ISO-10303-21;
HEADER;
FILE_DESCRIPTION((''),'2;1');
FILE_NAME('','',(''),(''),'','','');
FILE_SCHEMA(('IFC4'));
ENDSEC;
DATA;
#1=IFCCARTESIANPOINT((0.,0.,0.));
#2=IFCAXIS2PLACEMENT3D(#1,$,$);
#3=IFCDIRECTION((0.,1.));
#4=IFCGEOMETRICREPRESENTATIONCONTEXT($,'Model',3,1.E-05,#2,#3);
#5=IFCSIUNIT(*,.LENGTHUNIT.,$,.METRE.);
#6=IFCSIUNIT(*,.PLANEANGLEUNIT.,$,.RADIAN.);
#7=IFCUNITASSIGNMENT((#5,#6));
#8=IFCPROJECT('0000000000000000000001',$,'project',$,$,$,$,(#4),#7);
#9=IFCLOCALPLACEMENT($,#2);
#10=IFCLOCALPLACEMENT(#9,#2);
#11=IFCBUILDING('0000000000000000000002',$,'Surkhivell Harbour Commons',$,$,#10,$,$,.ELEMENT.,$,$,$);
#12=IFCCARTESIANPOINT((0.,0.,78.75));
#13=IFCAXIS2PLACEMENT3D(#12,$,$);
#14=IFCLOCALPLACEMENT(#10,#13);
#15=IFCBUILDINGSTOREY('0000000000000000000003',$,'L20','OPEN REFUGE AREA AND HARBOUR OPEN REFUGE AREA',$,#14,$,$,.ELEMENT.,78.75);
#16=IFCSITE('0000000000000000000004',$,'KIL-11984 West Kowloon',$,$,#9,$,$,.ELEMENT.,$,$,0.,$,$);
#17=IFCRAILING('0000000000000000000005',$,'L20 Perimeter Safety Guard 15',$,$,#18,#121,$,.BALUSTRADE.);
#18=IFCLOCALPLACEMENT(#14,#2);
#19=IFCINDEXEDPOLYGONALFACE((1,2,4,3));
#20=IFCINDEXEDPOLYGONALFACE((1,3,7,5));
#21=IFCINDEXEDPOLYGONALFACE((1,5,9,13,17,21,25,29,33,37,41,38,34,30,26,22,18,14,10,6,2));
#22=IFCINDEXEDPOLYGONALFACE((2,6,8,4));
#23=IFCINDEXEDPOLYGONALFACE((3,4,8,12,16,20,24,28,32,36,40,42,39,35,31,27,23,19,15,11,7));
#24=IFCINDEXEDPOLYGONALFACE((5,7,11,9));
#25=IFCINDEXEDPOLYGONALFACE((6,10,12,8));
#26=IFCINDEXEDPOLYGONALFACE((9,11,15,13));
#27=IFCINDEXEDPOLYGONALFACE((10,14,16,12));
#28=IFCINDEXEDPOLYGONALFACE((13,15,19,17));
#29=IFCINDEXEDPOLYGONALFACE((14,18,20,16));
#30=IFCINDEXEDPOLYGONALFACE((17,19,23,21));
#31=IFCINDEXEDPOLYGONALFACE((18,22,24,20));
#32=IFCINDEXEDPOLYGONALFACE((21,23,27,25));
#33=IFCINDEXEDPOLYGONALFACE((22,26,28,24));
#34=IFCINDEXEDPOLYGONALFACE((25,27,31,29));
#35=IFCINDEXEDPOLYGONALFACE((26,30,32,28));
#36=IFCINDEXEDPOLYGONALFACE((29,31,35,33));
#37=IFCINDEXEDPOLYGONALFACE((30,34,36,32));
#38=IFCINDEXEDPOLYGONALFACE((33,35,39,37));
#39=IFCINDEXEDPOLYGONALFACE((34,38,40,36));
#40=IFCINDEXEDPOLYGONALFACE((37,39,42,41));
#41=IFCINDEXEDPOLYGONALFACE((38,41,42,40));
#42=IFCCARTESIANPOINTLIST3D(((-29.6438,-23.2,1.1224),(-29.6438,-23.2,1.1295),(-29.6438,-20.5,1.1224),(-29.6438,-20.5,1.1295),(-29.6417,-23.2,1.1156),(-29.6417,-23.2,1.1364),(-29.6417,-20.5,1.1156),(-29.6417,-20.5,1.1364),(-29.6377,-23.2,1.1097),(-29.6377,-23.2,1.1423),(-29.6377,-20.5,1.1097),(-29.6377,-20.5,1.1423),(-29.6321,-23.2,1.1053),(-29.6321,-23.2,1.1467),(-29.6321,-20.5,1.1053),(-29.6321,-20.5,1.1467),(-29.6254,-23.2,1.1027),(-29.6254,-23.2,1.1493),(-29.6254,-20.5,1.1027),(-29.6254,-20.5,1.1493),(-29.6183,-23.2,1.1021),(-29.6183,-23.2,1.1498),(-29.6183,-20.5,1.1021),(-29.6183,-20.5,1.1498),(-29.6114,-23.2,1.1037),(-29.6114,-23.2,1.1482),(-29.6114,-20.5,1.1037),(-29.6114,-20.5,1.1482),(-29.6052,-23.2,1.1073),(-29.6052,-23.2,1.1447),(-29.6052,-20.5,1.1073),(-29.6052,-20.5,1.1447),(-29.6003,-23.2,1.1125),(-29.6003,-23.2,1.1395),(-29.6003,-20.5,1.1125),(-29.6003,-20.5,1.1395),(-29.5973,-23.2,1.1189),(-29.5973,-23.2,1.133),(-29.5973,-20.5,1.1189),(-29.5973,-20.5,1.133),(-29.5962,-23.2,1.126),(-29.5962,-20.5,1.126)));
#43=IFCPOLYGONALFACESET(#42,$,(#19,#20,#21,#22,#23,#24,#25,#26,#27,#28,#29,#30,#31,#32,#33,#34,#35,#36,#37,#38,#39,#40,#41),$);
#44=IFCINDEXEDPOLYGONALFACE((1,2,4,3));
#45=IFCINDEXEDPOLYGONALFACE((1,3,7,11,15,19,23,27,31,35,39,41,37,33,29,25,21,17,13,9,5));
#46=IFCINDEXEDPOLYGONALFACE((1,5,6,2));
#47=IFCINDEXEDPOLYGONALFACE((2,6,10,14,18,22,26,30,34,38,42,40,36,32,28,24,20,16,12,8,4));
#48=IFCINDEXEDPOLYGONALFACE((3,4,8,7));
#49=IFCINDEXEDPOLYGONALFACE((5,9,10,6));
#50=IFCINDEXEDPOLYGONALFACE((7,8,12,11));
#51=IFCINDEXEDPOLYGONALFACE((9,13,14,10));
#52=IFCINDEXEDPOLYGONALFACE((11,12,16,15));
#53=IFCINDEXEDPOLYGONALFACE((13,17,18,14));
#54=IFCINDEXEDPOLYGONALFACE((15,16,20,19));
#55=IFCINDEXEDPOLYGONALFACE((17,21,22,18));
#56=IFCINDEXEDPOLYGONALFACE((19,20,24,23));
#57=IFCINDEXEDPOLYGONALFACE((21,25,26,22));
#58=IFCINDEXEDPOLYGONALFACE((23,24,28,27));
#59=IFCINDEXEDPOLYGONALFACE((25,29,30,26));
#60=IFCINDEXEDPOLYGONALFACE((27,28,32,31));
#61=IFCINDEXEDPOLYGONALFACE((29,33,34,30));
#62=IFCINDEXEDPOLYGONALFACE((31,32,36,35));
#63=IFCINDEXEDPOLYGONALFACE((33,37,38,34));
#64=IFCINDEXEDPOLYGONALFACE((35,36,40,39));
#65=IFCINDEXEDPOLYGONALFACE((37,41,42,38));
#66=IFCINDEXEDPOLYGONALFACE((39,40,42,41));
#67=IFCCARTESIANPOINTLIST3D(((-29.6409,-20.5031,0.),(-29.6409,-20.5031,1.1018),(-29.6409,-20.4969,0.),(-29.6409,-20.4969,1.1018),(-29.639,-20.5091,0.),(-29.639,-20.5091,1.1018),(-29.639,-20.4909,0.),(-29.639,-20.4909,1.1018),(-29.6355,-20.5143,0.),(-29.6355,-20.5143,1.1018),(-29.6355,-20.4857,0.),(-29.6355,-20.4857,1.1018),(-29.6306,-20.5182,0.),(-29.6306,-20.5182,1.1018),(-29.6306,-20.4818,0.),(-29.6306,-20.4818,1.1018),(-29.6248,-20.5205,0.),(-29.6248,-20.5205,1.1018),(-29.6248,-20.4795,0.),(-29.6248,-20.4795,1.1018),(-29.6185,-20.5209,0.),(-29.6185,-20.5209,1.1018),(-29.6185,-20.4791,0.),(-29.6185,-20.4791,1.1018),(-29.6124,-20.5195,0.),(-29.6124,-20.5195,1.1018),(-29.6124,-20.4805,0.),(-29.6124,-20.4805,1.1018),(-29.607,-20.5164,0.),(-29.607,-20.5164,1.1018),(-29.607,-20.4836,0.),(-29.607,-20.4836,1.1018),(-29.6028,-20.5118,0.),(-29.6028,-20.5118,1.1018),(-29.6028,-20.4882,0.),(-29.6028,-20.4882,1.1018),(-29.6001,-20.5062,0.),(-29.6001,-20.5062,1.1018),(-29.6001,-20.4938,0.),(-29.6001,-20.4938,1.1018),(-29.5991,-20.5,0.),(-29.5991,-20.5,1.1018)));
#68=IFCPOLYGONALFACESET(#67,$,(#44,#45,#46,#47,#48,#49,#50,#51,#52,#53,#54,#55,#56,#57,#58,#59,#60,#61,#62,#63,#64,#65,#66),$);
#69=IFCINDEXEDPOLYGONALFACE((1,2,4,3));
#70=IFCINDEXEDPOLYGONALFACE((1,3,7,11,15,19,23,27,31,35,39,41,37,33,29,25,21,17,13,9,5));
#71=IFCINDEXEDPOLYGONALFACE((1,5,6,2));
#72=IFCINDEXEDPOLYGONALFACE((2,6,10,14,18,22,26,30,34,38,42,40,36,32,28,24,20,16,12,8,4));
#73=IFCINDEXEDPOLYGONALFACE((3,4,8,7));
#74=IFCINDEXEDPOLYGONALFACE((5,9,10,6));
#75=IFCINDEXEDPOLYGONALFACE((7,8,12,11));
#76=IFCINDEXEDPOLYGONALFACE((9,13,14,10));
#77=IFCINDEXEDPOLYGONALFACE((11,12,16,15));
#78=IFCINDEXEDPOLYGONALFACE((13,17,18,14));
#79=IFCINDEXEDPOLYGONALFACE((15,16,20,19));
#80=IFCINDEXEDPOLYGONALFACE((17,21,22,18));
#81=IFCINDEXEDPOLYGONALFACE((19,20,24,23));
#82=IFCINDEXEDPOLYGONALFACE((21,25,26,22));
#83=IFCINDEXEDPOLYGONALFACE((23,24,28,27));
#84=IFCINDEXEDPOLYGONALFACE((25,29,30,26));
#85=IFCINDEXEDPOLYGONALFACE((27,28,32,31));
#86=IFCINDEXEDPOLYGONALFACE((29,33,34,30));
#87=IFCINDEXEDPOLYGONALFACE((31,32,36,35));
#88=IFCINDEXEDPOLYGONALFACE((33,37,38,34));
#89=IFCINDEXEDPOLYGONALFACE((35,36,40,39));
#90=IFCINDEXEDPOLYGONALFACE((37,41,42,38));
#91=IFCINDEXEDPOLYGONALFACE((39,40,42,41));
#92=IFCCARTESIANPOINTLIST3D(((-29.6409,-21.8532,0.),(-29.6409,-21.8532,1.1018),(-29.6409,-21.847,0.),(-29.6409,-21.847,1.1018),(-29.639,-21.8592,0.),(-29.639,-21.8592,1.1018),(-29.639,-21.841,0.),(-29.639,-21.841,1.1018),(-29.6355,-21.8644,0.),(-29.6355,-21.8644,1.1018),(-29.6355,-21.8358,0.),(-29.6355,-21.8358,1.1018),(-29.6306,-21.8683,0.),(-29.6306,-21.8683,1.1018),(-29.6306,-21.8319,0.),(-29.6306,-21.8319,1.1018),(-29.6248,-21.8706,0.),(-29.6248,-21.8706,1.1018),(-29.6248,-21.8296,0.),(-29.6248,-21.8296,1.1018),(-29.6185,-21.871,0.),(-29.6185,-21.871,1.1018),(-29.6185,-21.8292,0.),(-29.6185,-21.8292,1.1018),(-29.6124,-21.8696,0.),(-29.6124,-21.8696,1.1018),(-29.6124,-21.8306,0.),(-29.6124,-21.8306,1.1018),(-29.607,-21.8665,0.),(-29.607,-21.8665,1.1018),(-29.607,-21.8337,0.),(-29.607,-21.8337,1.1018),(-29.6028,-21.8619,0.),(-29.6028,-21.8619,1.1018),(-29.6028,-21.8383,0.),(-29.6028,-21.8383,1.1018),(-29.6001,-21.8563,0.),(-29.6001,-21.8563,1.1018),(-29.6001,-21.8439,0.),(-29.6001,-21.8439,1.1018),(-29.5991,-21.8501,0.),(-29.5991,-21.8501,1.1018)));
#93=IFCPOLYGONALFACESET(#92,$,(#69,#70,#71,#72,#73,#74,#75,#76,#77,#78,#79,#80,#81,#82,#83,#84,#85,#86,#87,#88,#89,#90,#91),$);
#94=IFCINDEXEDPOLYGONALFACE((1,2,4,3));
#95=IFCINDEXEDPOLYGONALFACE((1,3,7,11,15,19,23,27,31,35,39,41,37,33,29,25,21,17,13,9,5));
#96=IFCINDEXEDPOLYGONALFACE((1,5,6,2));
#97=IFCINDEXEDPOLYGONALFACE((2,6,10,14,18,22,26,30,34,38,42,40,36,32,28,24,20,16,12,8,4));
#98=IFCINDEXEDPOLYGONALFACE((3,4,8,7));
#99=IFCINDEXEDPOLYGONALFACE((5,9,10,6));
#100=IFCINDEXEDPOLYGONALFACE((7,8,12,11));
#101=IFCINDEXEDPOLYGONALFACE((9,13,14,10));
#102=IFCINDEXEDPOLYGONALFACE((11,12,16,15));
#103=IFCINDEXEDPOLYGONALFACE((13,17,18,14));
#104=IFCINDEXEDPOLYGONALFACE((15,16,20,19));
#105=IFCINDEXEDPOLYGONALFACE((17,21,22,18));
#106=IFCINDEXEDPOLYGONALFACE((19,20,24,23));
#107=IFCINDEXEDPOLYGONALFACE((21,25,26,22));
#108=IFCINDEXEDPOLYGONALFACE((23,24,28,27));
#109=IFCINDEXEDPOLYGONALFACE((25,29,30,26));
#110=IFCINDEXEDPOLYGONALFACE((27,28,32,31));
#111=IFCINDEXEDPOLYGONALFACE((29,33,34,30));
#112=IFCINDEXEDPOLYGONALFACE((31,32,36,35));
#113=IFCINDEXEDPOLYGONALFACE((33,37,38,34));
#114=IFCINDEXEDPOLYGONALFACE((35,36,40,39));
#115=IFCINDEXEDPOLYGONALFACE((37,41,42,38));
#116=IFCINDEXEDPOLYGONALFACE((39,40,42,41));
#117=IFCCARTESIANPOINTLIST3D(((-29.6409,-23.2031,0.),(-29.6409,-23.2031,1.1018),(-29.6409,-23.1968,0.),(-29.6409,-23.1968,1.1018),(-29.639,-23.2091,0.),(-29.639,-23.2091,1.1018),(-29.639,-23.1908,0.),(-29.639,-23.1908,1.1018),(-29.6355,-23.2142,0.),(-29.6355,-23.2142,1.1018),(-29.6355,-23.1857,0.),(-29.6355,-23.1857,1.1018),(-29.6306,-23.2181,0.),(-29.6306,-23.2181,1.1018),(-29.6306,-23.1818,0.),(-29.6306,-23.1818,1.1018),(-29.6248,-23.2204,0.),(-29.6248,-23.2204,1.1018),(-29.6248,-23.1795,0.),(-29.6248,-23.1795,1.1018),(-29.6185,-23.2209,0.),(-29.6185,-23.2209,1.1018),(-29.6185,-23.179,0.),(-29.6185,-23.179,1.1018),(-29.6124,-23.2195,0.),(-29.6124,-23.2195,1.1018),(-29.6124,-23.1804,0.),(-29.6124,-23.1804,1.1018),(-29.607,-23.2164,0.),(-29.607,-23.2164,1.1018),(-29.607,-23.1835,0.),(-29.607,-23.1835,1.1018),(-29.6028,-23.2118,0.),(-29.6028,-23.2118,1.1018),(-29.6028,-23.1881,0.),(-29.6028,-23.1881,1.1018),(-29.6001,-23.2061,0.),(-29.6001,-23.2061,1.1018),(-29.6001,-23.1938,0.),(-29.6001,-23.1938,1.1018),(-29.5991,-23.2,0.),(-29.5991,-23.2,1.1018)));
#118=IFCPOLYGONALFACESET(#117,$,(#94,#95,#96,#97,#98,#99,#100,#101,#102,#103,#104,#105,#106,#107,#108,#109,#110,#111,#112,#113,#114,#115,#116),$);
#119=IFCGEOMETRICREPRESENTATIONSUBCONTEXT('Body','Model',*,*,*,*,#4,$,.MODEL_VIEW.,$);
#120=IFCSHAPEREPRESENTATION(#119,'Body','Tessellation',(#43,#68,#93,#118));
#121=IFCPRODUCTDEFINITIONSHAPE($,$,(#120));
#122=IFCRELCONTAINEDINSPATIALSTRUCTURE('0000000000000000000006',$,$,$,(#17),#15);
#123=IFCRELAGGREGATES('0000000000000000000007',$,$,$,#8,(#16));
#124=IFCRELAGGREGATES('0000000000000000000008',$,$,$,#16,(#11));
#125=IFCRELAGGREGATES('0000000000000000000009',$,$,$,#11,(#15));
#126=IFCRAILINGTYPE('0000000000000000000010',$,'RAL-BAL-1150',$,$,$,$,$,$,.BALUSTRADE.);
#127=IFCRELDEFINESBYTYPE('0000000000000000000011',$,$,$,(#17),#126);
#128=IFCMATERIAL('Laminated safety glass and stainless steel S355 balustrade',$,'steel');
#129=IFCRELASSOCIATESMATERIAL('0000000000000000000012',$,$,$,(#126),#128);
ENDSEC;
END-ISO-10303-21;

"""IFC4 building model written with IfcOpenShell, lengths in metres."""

from ifc_helpers import new_model, si_unit, direction, frame, origin, origin_2d, place, context, subcontext, project, spatial, circle, extrude, material, type_object, element, save


model = new_model("IFC4")

# Units and contexts
model_context = context("Model", 3, precision=1e-05, world=origin(), true_north=direction((0.0, 1.0)))
body_context = subcontext(model_context, "Body", "Model", "MODEL_VIEW")
ifc_project = project(units=[si_unit("LENGTHUNIT", "METRE"), si_unit("PLANEANGLEUNIT", "RADIAN")], contexts=[model_context])

# Site, building, storey
site_placement = place(None, origin())
site = spatial("IfcSite", under=ifc_project, at=site_placement, Name="KIL-11984 West Kowloon", CompositionType="ELEMENT", RefElevation=0.0)
building_placement = place(site_placement, origin())
building = spatial("IfcBuilding", under=site, at=building_placement, Name="Surkhivell Harbour Commons", CompositionType="ELEMENT")
storey_placement = place(building_placement, frame((0.0, 0.0, 78.75)))
storey = spatial("IfcBuildingStorey", under=building, at=storey_placement, Name="L20", Description="OPEN REFUGE AREA AND HARBOUR OPEN REFUGE AREA", CompositionType="ELEMENT", Elevation=78.75)

# Railing
ifc_material_1 = material(Name="Laminated safety glass and stainless steel S355 balustrade", Category="steel")
railing_type = type_object("IfcRailingType", Name="RAL-BAL-1150", PredefinedType="BALUSTRADE", material=ifc_material_1)
railing_1_placement = place(storey_placement, frame((-29.6201, -20.5, 0.0)))
element("IfcRailing", 1, at=railing_1_placement, inside=storey, type_object=railing_type, Name="L20 Perimeter Safety Guard 15", PredefinedType="BALUSTRADE", context=body_context, shape_type="SweptSolid", body=[
    extrude(circle(Radius=0.0239, at=origin_2d()), frame((0.0, 0.0, 1.126), z_axis=(0.0, -1.0, 0.0), x_axis=(1.0, 0.0, 0.0)), (0.0, 0.0, 1.0), 2.7),
    extrude(circle(Radius=0.021, at=origin_2d()), origin(), (0.0, 0.0, 1.0), 1.1018),
    extrude(circle(Radius=0.021, at=origin_2d()), frame((0.0, -1.3501, 0.0)), (0.0, 0.0, 1.0), 1.1018),
    extrude(circle(Radius=0.021, at=origin_2d()), frame((0.0, -2.7, 0.0)), (0.0, 0.0, 1.0), 1.1018),
])

save(model, "model.ifc")
